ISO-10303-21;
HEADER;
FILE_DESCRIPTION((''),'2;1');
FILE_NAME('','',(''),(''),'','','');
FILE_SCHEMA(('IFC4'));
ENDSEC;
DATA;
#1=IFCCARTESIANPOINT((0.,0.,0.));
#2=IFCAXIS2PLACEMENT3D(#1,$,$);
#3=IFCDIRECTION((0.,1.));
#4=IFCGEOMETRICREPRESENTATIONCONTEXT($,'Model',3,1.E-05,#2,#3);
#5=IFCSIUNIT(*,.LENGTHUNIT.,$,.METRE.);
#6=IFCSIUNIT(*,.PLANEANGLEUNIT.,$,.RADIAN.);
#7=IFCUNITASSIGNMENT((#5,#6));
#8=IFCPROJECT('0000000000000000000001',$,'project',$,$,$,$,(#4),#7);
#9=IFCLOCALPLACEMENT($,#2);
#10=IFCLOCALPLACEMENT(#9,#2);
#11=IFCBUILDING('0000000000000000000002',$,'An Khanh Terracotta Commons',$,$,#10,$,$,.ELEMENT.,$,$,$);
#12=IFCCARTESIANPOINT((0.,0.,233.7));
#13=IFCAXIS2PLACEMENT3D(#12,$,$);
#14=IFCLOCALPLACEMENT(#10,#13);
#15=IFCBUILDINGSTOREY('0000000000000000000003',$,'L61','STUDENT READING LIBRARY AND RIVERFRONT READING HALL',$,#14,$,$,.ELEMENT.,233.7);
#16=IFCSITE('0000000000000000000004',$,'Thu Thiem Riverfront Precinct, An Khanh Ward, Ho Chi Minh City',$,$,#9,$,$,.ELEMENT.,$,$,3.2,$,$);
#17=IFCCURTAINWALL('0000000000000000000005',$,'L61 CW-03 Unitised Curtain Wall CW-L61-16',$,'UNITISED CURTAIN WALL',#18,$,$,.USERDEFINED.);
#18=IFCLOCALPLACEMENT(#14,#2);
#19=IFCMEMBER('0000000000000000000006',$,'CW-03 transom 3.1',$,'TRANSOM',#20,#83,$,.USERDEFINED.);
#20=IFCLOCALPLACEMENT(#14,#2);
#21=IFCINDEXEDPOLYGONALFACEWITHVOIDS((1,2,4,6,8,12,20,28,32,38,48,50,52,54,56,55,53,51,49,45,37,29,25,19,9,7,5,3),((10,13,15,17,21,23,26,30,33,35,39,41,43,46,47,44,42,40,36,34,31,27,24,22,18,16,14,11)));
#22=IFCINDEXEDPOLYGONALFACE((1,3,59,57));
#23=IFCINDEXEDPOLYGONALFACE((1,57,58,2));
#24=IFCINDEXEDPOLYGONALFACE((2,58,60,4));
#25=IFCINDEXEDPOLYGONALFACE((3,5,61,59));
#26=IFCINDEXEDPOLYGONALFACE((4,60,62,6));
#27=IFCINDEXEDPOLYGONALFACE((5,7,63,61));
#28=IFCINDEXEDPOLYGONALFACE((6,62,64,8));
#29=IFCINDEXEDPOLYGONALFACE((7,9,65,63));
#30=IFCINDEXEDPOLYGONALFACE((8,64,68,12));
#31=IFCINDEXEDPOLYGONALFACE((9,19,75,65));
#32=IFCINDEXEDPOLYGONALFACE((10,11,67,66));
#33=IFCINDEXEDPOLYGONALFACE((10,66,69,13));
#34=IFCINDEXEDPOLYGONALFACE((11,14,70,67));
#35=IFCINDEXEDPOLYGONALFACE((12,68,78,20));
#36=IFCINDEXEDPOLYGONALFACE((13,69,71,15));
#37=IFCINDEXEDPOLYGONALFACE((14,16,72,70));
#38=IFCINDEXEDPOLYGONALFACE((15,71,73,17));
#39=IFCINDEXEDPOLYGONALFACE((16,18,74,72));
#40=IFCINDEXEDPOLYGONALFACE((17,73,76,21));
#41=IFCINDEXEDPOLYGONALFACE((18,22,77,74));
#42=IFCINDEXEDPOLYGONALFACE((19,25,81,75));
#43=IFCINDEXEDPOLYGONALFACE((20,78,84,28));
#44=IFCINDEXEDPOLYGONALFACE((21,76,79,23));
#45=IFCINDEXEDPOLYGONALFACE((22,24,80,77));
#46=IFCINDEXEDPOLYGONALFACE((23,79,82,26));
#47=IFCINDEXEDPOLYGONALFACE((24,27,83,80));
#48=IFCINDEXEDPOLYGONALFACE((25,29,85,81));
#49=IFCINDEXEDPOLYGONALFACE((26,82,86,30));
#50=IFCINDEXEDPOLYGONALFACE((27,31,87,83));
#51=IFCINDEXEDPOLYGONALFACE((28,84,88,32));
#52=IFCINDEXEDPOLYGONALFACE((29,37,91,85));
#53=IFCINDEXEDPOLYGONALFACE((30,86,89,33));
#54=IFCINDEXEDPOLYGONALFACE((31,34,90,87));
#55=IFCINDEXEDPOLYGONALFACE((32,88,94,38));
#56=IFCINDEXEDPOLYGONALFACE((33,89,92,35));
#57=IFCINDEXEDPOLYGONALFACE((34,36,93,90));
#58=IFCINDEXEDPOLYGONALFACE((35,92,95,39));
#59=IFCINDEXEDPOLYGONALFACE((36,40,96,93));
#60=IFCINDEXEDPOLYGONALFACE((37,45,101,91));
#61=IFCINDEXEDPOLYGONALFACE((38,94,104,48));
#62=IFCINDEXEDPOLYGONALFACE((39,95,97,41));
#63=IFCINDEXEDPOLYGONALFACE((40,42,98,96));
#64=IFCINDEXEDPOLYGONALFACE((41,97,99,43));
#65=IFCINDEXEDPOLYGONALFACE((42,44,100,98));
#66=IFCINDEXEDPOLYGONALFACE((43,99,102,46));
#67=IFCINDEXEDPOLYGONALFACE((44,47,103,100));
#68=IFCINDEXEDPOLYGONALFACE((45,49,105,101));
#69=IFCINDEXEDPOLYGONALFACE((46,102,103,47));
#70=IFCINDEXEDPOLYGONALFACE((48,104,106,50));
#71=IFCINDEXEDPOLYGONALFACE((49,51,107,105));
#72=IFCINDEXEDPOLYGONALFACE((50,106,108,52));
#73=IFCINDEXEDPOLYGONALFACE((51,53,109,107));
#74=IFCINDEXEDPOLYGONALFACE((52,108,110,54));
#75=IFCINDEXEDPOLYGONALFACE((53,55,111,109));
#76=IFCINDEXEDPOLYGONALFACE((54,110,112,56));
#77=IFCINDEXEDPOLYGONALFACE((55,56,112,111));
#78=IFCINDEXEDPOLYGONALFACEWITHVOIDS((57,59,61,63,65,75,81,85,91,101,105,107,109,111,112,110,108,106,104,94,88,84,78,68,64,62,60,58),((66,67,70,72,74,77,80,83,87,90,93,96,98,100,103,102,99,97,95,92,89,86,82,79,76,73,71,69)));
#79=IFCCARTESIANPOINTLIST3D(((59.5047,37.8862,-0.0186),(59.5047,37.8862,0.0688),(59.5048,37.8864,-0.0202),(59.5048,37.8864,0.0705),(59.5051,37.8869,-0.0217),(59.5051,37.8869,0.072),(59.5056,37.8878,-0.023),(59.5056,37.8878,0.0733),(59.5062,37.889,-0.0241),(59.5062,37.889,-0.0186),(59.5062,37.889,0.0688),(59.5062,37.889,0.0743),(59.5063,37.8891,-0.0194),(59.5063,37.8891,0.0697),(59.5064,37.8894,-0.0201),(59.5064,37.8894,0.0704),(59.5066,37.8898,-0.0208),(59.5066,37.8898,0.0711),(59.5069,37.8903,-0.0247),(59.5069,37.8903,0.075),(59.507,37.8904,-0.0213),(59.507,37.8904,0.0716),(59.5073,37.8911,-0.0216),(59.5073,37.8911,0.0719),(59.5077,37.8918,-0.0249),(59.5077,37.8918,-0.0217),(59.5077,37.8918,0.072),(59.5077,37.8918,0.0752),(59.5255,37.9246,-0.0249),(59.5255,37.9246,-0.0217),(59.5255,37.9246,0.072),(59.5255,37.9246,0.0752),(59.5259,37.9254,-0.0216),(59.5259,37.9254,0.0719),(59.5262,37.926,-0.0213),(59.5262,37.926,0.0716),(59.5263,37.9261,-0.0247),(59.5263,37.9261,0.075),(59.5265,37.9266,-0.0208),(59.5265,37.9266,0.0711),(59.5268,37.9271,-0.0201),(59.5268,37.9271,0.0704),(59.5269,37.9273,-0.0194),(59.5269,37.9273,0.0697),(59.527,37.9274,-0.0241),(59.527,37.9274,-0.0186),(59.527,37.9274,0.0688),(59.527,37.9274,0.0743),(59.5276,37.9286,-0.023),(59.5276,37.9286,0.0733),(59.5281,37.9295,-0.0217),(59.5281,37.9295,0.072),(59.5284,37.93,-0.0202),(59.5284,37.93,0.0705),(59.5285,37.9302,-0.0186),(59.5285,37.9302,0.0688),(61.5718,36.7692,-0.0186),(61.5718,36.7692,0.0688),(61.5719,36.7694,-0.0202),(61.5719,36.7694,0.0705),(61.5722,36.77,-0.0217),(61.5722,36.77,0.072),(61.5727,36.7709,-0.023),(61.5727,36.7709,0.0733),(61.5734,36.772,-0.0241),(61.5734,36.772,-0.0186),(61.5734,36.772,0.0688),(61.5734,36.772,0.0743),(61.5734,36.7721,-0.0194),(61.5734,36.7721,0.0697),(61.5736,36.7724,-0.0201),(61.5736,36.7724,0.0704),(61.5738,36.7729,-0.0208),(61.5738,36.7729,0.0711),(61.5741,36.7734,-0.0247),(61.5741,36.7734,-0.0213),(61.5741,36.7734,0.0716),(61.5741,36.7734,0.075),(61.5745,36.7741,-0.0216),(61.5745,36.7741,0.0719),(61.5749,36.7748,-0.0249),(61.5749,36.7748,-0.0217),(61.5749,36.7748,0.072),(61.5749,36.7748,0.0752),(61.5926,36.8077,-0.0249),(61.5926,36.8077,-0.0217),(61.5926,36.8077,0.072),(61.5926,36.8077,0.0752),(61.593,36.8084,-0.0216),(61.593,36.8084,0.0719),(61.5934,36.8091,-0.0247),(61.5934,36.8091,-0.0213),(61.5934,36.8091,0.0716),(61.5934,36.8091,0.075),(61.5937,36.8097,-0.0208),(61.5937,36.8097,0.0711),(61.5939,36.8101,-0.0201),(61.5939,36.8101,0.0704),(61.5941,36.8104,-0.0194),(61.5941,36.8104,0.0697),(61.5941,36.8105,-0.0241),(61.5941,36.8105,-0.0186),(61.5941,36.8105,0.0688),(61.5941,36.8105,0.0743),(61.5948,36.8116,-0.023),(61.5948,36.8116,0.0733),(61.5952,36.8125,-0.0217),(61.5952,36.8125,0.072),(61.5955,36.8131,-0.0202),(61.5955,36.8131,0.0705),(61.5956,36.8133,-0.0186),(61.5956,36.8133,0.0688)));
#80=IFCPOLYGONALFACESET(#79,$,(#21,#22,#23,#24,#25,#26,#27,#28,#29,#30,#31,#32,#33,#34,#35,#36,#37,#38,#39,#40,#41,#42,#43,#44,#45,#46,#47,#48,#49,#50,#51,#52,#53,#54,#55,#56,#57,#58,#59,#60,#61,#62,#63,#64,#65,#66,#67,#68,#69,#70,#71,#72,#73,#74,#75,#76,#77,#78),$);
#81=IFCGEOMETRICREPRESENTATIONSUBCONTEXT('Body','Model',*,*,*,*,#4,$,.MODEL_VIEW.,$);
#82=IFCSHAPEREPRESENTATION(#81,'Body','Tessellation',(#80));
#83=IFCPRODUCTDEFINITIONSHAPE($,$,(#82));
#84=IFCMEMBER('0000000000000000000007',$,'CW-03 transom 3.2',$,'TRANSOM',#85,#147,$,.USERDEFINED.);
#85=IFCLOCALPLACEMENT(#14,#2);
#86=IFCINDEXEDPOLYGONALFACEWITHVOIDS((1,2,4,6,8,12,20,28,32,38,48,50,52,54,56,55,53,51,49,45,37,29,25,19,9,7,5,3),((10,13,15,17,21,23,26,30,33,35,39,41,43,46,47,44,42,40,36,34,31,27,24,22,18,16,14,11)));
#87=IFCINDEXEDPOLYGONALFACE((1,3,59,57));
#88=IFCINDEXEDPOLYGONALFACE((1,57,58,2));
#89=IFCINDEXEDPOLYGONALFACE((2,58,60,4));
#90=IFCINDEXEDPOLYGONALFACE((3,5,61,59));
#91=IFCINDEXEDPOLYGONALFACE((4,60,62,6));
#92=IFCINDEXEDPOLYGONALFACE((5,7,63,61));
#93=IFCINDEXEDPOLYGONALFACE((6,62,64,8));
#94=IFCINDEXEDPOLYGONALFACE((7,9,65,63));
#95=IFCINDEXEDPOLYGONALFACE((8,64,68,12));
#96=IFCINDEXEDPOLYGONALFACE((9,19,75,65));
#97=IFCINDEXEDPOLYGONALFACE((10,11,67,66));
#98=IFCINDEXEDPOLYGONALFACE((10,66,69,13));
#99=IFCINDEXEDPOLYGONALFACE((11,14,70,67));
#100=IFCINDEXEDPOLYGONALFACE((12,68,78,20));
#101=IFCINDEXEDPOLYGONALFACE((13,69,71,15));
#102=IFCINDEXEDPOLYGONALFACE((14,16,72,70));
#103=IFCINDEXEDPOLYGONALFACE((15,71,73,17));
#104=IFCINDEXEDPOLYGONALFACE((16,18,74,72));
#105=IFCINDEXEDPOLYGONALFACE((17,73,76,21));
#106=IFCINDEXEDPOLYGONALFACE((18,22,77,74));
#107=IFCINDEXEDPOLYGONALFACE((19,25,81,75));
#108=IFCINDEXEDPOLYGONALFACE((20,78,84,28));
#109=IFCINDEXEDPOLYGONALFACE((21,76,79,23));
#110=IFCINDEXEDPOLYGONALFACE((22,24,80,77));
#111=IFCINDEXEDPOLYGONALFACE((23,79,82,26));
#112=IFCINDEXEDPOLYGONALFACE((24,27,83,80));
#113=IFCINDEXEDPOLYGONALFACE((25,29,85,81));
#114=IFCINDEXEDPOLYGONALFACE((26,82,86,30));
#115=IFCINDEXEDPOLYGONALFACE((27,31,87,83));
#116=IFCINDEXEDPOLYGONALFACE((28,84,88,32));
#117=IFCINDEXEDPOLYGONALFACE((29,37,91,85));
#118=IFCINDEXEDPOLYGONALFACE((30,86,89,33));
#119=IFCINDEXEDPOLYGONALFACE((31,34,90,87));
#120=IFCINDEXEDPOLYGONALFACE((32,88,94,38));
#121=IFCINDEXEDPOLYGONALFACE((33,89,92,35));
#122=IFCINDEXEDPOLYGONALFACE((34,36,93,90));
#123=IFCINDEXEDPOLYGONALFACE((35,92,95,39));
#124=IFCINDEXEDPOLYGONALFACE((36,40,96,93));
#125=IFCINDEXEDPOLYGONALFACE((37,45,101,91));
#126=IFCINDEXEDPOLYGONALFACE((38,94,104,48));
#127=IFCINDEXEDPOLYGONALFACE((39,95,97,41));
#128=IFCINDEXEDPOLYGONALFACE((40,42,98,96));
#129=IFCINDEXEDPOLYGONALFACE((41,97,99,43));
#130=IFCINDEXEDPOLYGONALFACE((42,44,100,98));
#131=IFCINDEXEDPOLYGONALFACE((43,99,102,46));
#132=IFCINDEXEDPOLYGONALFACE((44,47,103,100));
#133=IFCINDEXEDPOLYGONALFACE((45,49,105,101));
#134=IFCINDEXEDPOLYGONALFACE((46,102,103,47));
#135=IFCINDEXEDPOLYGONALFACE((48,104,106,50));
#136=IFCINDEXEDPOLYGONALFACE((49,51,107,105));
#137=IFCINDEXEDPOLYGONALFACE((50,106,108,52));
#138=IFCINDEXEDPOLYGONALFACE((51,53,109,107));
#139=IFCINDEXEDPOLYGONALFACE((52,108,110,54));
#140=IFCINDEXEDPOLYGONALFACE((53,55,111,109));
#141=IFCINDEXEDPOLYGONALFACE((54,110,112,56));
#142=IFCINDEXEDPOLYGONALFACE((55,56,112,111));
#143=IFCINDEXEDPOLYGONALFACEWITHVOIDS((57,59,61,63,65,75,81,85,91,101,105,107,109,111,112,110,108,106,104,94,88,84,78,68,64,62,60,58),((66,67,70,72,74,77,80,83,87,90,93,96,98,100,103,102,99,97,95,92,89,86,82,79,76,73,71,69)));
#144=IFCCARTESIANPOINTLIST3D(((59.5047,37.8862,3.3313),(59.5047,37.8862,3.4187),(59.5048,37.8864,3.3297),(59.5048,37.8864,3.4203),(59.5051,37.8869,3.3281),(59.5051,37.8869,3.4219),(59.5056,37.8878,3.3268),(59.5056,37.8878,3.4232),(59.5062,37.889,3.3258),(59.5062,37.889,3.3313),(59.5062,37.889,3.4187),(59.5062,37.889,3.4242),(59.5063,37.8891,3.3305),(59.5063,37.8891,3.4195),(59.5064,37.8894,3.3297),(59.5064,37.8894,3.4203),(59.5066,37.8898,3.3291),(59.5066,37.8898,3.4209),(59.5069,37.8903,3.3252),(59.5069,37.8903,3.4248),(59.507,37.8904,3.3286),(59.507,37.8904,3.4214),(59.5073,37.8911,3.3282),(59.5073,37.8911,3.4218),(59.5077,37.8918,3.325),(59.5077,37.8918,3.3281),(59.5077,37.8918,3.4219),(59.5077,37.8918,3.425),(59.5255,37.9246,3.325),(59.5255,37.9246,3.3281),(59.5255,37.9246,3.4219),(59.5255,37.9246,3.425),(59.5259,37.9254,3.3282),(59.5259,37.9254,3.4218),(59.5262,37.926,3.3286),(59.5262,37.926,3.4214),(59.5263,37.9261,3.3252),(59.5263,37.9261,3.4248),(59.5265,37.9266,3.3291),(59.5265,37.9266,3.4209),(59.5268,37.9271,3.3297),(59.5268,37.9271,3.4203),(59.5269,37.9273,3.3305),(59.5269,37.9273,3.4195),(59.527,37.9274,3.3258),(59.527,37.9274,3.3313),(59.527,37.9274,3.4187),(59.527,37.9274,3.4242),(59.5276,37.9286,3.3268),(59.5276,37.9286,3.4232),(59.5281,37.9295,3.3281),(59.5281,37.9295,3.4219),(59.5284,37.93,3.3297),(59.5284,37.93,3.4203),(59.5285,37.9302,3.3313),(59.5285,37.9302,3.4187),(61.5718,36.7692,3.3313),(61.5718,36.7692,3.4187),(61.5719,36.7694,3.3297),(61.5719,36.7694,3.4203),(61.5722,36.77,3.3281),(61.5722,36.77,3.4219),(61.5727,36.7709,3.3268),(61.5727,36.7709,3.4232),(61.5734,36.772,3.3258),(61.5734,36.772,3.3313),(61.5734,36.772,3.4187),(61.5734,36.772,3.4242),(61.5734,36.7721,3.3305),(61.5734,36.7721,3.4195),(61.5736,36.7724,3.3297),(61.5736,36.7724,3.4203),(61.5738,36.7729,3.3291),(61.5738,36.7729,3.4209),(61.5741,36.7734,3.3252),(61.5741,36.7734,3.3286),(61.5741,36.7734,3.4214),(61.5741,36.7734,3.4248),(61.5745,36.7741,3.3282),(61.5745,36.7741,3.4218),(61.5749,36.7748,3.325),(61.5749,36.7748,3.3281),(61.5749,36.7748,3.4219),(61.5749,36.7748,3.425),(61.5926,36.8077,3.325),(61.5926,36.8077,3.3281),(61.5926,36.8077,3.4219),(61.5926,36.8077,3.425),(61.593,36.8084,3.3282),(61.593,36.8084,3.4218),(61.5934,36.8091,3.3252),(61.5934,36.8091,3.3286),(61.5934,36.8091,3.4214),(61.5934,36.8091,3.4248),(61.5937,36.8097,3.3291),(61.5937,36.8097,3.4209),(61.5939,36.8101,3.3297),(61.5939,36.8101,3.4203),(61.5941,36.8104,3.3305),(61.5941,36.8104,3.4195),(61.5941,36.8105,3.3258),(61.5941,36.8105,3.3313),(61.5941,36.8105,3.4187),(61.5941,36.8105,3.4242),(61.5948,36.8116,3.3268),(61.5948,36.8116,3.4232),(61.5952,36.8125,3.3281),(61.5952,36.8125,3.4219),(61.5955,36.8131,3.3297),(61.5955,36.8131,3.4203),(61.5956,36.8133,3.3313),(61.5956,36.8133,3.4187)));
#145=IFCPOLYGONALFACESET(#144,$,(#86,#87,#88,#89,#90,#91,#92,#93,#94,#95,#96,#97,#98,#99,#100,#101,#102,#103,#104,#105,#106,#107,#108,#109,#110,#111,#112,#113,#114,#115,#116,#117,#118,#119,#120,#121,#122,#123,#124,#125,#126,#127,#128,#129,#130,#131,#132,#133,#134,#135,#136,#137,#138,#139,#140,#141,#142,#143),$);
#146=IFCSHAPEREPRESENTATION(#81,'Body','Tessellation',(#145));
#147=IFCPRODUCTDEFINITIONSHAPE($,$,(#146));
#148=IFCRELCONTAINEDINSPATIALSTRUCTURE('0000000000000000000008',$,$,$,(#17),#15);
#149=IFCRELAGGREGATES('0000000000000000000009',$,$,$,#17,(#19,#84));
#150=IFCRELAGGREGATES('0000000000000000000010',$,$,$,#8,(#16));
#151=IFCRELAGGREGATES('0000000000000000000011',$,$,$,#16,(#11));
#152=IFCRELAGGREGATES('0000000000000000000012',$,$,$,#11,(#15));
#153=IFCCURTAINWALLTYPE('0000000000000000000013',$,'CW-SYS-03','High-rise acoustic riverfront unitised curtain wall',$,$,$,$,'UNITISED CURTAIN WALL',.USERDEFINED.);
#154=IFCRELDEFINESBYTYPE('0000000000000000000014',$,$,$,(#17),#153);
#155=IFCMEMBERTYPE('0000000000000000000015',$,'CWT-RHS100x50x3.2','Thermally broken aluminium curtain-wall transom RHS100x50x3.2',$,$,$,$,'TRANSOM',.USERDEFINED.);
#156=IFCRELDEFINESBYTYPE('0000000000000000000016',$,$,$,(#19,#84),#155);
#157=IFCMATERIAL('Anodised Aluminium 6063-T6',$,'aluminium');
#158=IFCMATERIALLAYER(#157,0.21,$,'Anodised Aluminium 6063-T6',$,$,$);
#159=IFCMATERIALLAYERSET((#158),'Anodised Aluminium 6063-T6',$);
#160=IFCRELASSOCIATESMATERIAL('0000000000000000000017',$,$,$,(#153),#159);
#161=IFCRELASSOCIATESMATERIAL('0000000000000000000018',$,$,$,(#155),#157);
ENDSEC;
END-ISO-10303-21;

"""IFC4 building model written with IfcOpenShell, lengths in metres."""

from ifc_helpers import new_model, si_unit, direction, frame, origin, origin_2d, place, context, subcontext, project, spatial, hollow_rectangle, extrude, material, layer, layer_set, material_profile, profile_set, type_object, element, aggregate, save


model = new_model("IFC4")

# Units and contexts
model_context = context("Model", 3, precision=1e-05, world=origin(), true_north=direction((0.0, 1.0)))
body_context = subcontext(model_context, "Body", "Model", "MODEL_VIEW")
ifc_project = project(units=[si_unit("LENGTHUNIT", "METRE"), si_unit("PLANEANGLEUNIT", "RADIAN")], contexts=[model_context])

# Site, building, storey
site_placement = place(None, origin())
site = spatial("IfcSite", under=ifc_project, at=site_placement, Name="Thu Thiem Riverfront Precinct, An Khanh Ward, Ho Chi Minh City", CompositionType="ELEMENT", RefElevation=3.2)
building_placement = place(site_placement, origin())
building = spatial("IfcBuilding", under=site, at=building_placement, Name="An Khanh Terracotta Commons", CompositionType="ELEMENT")
storey_placement = place(building_placement, frame((0.0, 0.0, 233.7)))
storey = spatial("IfcBuildingStorey", under=building, at=storey_placement, Name="L61", Description="STUDENT READING LIBRARY AND RIVERFRONT READING HALL", CompositionType="ELEMENT", Elevation=233.7)

# Curtain wall, members
ifc_material_1 = material(Name="Anodised Aluminium 6063-T6", Category="aluminium")
ifc_layer_1 = layer(ifc_material_1, 0.21, Name="Anodised Aluminium 6063-T6")
ifc_layer_set_1 = layer_set([ifc_layer_1], Name="Anodised Aluminium 6063-T6")
curtain_wall_type = type_object("IfcCurtainWallType", Name="CW-SYS-03", Description="High-rise acoustic riverfront unitised curtain wall", ElementType="UNITISED CURTAIN WALL", PredefinedType="USERDEFINED", material=ifc_layer_set_1)
curtain_wall_placement = place(storey_placement, origin())
curtain_wall = element("IfcCurtainWall", 1, at=curtain_wall_placement, inside=storey, type_object=curtain_wall_type, Name="L61 CW-03 Unitised Curtain Wall CW-L61-16", ObjectType="UNITISED CURTAIN WALL", PredefinedType="USERDEFINED")
ifc_material_profile_1 = material_profile(ifc_material_1, hollow_rectangle(XDim=0.05, YDim=0.1001, WallThickness=0.0032, InnerFilletRadius=0.0032, OuterFilletRadius=0.0063, at=origin_2d()), Name="RHS100x50x3.2")
ifc_profile_set_1 = profile_set([ifc_material_profile_1], Name="Anodised Aluminium 6063-T6")
member_type_1 = type_object("IfcMemberType", Name="CWT-RHS100x50x3.2", Description="Thermally broken aluminium curtain-wall transom RHS100x50x3.2", ElementType="TRANSOM", PredefinedType="USERDEFINED", material=ifc_profile_set_1)
member_1_placement = place(storey_placement, frame((61.5837, 36.7913, 0.0251), z_axis=(-0.879783, 0.475376, 0.0), x_axis=(-0.475376, -0.879783, 0.0)))
member_1 = element("IfcMember", 2, at=member_1_placement, type_object=member_type_1, Name="CW-03 transom 3.1", ObjectType="TRANSOM", PredefinedType="USERDEFINED", context=body_context, shape_type="SweptSolid", body=[
    extrude(hollow_rectangle(XDim=0.05, YDim=0.1001, WallThickness=0.0032, InnerFilletRadius=0.0032, OuterFilletRadius=0.0063, at=origin_2d()), origin(), (0.0, 0.0, 1.0), 2.3496),
])
member_2_placement = place(storey_placement, frame((61.5837, 36.7913, 3.375), z_axis=(-0.879783, 0.475376, 0.0), x_axis=(-0.475376, -0.879783, 0.0)))
member_2 = element("IfcMember", 3, at=member_2_placement, type_object=member_type_1, Name="CW-03 transom 3.2", ObjectType="TRANSOM", PredefinedType="USERDEFINED", context=body_context, shape_type="SweptSolid", body=[
    extrude(hollow_rectangle(XDim=0.05, YDim=0.1001, WallThickness=0.0032, InnerFilletRadius=0.0032, OuterFilletRadius=0.0063, at=origin_2d()), origin(), (0.0, 0.0, 1.0), 2.3496),
])
aggregate(curtain_wall, [member_1, member_2])

save(model, "model.ifc")
